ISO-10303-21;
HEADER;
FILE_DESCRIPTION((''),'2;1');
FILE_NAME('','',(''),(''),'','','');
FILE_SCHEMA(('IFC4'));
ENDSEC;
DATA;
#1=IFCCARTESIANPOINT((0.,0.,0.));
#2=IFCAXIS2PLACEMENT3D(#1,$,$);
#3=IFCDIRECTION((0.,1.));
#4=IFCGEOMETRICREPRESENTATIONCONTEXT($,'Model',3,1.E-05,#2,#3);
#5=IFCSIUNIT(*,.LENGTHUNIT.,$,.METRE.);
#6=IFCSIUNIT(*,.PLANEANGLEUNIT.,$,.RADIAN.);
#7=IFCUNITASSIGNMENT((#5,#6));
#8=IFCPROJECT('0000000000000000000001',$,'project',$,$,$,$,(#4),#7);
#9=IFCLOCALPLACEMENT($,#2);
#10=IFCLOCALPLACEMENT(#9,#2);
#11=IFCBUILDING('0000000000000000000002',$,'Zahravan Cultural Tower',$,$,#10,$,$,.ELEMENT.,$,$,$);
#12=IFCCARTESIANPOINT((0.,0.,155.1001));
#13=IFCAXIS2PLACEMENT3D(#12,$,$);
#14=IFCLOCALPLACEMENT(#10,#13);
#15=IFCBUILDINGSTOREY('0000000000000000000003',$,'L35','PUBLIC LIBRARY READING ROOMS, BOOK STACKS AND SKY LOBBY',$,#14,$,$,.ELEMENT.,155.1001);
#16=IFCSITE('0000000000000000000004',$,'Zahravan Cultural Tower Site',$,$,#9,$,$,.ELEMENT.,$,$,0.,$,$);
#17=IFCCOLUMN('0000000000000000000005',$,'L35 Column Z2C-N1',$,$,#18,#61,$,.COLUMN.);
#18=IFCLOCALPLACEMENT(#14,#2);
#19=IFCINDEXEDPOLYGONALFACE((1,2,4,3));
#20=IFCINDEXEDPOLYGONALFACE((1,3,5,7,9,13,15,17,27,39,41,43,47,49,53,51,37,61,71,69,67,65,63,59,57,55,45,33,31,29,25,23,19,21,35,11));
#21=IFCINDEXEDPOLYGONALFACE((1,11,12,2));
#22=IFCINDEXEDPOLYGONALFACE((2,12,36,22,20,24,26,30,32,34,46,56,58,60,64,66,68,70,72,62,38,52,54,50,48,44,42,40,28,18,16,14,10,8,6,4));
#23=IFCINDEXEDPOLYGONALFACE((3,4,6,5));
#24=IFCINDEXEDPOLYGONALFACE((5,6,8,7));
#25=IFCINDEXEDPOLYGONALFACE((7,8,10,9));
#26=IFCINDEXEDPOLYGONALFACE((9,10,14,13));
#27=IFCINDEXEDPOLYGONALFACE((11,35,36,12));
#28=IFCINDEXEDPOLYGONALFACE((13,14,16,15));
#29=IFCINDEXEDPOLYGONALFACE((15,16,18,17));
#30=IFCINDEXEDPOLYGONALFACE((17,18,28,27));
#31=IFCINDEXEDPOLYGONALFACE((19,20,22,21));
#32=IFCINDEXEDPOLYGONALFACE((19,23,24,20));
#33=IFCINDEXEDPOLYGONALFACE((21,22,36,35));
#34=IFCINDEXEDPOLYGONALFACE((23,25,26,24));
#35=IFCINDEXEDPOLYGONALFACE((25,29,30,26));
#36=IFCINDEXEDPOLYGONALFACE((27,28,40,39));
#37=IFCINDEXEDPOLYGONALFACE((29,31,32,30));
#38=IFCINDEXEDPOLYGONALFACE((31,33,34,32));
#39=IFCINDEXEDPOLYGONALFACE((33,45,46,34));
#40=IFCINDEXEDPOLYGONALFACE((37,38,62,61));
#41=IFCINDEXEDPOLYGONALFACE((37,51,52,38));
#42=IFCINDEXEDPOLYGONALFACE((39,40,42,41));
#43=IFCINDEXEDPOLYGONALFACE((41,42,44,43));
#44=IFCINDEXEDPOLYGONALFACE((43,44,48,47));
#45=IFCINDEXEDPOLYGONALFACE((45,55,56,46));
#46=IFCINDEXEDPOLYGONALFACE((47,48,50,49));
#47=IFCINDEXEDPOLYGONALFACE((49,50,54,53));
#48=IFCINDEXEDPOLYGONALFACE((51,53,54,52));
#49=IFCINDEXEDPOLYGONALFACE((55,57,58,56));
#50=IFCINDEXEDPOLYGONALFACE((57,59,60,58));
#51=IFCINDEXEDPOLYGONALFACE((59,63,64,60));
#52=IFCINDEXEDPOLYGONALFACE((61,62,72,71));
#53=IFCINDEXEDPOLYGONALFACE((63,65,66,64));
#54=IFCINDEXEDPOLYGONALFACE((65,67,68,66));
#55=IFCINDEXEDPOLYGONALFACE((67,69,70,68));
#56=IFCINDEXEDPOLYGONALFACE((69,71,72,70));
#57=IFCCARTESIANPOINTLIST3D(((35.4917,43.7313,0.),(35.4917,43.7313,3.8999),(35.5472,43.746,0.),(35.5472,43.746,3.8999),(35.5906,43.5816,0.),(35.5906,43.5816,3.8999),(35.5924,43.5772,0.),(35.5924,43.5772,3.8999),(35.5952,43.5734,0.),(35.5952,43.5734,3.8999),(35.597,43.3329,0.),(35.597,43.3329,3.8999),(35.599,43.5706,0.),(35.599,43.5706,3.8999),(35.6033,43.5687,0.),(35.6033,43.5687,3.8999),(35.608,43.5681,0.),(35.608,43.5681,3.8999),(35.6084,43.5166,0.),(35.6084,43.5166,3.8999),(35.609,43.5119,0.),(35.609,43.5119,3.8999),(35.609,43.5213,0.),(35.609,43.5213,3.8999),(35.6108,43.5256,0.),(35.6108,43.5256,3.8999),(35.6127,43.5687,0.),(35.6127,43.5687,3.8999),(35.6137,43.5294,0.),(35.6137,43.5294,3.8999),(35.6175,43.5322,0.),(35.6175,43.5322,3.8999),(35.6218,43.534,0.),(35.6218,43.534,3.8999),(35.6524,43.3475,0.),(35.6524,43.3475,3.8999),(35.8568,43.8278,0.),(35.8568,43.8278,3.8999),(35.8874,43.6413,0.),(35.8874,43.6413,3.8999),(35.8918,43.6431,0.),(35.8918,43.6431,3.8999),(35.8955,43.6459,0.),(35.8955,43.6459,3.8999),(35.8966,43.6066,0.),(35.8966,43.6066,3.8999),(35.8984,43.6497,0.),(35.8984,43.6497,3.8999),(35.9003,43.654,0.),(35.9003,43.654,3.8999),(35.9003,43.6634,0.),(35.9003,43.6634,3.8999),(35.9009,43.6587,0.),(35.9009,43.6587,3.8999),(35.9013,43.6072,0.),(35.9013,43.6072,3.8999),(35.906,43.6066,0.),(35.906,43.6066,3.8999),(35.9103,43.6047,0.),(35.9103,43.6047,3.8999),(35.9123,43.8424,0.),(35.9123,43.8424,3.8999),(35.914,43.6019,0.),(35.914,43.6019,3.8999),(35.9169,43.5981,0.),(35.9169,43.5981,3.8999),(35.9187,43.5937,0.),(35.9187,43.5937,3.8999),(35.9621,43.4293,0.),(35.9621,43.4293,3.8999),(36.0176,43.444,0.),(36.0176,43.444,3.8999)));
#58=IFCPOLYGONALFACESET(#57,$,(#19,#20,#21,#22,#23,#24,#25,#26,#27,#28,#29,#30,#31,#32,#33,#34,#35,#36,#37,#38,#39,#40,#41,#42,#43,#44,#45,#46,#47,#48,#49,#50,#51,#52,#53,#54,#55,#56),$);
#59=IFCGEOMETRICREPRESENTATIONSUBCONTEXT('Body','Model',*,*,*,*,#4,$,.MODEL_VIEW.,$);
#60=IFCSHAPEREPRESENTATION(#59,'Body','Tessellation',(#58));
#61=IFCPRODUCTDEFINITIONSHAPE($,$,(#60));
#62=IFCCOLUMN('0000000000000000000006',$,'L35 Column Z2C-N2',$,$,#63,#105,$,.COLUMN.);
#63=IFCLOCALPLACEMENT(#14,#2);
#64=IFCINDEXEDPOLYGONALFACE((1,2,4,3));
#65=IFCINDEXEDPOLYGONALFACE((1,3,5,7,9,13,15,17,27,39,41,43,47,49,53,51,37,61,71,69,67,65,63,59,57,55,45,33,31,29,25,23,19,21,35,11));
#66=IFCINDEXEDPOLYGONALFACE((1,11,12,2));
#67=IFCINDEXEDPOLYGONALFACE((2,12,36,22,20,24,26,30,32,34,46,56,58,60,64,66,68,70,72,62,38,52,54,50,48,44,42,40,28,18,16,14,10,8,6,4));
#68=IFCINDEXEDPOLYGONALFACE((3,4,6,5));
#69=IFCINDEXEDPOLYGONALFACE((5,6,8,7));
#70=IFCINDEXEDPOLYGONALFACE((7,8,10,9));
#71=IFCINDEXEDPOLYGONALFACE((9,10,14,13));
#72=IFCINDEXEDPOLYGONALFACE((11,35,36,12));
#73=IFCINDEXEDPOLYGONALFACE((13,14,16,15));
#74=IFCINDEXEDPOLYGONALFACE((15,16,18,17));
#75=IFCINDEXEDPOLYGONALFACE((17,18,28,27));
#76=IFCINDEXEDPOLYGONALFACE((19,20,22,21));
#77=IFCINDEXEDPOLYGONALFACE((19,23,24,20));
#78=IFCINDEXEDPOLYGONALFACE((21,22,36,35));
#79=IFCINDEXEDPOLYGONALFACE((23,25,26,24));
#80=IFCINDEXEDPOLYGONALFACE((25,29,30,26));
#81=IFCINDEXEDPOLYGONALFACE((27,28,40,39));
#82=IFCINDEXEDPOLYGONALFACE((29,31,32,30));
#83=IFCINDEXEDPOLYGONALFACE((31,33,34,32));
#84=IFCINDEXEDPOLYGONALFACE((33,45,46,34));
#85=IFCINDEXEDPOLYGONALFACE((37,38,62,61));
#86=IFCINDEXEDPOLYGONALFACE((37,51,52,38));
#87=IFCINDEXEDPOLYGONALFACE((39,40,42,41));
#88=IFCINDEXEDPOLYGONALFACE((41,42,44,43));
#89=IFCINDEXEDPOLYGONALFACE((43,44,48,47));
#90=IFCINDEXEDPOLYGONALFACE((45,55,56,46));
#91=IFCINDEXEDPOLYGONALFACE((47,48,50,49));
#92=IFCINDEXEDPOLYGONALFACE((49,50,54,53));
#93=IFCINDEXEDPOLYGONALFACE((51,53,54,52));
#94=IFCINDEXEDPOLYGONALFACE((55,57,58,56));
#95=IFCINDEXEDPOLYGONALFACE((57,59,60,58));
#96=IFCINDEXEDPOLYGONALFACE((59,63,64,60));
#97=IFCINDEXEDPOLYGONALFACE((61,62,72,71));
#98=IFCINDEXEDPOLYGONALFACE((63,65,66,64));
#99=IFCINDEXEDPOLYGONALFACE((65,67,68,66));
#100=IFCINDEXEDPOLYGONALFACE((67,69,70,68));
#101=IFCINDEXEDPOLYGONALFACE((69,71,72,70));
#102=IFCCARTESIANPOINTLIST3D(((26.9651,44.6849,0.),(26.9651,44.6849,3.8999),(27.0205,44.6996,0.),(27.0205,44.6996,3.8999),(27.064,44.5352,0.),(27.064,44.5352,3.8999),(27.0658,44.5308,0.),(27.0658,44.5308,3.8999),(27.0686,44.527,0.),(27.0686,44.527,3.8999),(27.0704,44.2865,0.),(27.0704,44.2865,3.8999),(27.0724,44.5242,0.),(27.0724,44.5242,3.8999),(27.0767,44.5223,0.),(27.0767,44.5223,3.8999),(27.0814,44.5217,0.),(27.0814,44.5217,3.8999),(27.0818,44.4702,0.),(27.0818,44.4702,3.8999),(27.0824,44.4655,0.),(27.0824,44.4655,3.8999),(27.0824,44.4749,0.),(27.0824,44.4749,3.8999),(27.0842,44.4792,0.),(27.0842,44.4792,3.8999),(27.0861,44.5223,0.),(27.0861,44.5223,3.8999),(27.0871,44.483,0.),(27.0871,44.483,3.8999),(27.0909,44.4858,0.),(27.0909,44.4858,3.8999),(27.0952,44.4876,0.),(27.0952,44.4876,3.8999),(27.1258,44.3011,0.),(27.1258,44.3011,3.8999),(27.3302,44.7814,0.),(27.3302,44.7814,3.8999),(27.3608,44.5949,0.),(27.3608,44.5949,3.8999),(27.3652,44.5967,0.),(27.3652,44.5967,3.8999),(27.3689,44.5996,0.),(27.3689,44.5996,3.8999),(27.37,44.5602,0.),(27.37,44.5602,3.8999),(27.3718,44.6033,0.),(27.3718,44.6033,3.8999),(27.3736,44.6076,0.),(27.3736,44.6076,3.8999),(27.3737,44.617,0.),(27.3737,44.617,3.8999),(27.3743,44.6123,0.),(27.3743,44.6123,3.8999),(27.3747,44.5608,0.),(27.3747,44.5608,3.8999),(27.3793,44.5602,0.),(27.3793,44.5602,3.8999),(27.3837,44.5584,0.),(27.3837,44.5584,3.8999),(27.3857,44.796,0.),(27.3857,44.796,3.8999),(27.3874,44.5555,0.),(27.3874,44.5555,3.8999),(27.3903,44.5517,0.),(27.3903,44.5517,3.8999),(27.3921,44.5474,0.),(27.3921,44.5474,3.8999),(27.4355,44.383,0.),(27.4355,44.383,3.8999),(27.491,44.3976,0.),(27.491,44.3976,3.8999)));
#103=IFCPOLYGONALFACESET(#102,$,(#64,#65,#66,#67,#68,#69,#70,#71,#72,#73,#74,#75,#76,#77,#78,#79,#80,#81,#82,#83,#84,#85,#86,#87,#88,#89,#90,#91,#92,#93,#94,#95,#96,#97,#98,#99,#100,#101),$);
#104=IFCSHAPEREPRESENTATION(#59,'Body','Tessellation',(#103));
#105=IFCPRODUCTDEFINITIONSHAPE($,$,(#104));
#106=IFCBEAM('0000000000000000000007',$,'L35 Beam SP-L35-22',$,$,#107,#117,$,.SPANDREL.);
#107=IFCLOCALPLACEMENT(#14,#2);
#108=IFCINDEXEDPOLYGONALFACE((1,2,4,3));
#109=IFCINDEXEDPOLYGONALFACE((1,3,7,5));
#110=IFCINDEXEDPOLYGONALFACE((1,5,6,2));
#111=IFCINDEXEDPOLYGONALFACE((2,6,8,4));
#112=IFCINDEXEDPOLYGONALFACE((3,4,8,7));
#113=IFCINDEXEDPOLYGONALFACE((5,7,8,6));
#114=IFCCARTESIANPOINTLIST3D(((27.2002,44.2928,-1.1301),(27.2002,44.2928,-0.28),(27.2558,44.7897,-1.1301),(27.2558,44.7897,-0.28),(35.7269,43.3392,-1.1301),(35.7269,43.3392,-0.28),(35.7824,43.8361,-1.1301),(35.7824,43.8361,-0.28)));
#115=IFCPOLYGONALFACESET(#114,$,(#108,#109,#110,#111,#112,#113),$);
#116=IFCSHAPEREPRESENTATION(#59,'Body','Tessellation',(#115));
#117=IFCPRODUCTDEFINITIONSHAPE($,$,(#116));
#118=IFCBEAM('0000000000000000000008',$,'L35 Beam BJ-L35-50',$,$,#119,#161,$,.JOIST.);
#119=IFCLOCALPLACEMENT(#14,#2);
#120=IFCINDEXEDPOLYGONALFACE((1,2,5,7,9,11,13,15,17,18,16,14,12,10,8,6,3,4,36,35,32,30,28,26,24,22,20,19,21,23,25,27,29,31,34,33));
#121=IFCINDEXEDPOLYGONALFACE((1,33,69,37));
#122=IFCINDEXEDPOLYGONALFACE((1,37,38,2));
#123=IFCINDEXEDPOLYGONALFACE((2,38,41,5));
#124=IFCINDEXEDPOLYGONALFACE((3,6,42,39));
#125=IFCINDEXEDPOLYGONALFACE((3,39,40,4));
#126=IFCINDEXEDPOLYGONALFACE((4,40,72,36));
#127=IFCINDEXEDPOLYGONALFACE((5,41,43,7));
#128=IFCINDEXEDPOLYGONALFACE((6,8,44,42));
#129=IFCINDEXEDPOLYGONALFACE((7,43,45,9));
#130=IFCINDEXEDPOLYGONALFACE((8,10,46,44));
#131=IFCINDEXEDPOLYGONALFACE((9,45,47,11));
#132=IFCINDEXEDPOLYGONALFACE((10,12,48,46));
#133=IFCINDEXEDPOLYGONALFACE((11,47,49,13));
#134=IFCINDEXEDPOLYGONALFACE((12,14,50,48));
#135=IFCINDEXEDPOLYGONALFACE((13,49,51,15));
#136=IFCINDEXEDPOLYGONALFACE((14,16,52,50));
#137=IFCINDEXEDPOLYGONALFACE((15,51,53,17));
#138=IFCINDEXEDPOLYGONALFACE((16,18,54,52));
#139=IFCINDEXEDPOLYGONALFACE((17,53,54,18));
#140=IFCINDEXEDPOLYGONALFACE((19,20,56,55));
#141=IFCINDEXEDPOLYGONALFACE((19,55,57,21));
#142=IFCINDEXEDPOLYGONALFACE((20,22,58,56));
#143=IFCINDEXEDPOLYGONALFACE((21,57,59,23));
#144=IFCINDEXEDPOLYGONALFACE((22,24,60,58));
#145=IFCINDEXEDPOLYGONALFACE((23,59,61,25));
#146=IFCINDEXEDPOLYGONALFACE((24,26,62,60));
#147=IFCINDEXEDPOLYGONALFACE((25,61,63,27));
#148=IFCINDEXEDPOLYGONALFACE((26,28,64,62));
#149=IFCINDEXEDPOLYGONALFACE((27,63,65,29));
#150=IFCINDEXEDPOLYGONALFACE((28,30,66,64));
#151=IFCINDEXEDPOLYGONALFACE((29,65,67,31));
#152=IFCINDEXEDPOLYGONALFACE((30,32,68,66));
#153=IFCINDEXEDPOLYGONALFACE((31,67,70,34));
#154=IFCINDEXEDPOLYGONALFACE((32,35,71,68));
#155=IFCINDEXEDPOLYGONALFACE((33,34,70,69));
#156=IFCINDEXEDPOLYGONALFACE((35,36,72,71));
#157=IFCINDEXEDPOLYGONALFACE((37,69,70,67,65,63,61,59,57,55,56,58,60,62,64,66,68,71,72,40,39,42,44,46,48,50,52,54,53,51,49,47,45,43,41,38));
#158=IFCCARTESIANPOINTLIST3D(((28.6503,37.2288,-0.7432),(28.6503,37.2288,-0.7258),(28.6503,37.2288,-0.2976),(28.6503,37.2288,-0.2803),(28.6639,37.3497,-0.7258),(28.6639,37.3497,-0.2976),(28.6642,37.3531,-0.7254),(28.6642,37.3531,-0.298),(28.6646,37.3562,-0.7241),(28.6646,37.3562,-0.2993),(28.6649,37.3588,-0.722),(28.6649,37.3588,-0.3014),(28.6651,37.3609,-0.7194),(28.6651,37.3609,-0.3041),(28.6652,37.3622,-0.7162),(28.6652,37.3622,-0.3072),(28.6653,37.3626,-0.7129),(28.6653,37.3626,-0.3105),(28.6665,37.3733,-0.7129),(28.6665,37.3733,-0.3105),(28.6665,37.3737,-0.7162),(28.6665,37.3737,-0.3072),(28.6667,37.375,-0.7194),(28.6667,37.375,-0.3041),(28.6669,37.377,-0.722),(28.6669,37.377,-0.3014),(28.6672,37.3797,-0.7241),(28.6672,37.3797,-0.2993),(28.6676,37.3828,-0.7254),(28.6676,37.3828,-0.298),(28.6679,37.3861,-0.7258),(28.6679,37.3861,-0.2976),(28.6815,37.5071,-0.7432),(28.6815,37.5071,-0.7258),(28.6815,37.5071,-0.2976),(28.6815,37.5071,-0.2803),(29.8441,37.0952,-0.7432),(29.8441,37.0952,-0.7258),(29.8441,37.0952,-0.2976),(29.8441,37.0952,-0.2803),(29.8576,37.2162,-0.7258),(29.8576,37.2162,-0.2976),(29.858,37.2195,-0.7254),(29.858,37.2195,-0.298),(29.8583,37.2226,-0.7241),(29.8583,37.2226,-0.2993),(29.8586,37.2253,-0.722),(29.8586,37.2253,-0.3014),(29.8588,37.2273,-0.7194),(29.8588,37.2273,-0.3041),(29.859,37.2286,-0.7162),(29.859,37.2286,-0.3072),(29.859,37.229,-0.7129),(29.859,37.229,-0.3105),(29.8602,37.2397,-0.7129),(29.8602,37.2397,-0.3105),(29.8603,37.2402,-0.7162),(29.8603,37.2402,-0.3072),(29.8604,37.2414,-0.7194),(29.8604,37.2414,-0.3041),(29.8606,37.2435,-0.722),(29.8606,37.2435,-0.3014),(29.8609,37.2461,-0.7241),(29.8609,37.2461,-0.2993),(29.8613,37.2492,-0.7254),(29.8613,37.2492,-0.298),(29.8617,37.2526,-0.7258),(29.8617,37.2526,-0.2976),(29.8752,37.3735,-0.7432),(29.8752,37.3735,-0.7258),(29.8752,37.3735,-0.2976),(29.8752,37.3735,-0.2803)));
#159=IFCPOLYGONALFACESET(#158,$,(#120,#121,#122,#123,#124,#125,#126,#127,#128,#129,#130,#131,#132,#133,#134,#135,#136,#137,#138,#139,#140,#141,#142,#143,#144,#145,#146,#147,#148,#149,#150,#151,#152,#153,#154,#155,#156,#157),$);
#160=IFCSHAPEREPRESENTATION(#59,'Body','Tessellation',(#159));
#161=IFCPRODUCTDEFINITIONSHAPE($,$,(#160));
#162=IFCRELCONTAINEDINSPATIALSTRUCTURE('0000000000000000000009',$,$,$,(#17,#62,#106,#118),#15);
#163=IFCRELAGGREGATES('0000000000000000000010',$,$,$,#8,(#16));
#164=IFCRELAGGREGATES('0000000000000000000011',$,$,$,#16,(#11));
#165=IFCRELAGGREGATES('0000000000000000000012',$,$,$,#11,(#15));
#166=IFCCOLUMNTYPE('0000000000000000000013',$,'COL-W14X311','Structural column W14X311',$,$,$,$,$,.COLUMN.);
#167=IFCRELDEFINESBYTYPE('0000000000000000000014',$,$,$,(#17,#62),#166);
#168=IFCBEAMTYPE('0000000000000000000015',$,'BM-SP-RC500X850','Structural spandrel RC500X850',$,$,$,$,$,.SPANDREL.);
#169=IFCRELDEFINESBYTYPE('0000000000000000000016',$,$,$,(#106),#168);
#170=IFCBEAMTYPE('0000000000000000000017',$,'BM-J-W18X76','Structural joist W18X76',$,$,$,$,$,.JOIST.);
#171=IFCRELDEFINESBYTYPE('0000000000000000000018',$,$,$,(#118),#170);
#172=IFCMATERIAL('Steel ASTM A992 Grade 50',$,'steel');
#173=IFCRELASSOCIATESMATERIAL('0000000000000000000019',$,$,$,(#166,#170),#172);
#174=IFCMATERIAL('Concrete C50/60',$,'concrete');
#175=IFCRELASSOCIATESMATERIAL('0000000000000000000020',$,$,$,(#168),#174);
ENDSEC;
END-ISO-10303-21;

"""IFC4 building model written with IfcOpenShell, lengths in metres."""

from ifc_helpers import new_model, si_unit, direction, frame, origin, origin_2d, place, context, subcontext, project, spatial, rectangle, i_section, extrude, source, transform, mapped, material, material_profile, profile_set, type_object, element, save


model = new_model("IFC4")

# Units and contexts
model_context = context("Model", 3, precision=1e-05, world=origin(), true_north=direction((0.0, 1.0)))
body_context = subcontext(model_context, "Body", "Model", "MODEL_VIEW")
ifc_project = project(units=[si_unit("LENGTHUNIT", "METRE"), si_unit("PLANEANGLEUNIT", "RADIAN")], contexts=[model_context])

# Site, building, storey
site_placement = place(None, origin())
site = spatial("IfcSite", under=ifc_project, at=site_placement, Name="Zahravan Cultural Tower Site", CompositionType="ELEMENT", RefElevation=0.0)
building_placement = place(site_placement, origin())
building = spatial("IfcBuilding", under=site, at=building_placement, Name="Zahravan Cultural Tower", CompositionType="ELEMENT")
storey_placement = place(building_placement, frame((0.0, 0.0, 155.1001)))
storey = spatial("IfcBuildingStorey", under=building, at=storey_placement, Name="L35", Description="PUBLIC LIBRARY READING ROOMS, BOOK STACKS AND SKY LOBBY", CompositionType="ELEMENT", Elevation=155.1001)

# Columns
ifc_material_1 = material(Name="Steel ASTM A992 Grade 50", Category="steel")
ifc_material_profile_1 = material_profile(ifc_material_1, i_section(OverallWidth=0.4121, OverallDepth=0.4351, WebThickness=0.0359, FlangeThickness=0.0574, FilletRadius=0.0181, at=origin_2d()), Name="W14X311")
ifc_profile_set_1 = profile_set([ifc_material_profile_1], Name="Steel ASTM A992 Grade 50")
column_type = type_object("IfcColumnType", Name="COL-W14X311", Description="Structural column W14X311", PredefinedType="COLUMN", material=ifc_profile_set_1)
shared_shape_1 = source(origin(), body_context, "Body", "SweptSolid", [
    extrude(i_section(OverallWidth=0.4121, OverallDepth=0.4351, WebThickness=0.0359, FlangeThickness=0.0574, FilletRadius=0.0181, at=origin_2d()), origin(), (0.0, 0.0, 1.0), 3.8999),
])
for number, where, z_axis, x_axis, name in (
    (1, (35.7546, 43.5876, 0.0), (0.0, 0.0, 1.0), (-0.255446, 0.966823, 0.0), "L35 Column Z2C-N1"),
    (2, (27.228, 44.5413, 0.0), (0.0, 0.0, 1.0), (-0.255446, 0.966823, 0.0), "L35 Column Z2C-N2"),
):
    element("IfcColumn", number, at=place(storey_placement, frame(where, z_axis=z_axis, x_axis=x_axis)), inside=storey, type_object=column_type, Name=name, PredefinedType="COLUMN", context=body_context, shape_type="MappedRepresentation", body=[
        mapped(shared_shape_1, transform((0.0, 0.0, 0.0), x_axis=(1.0, 0.0, 0.0), y_axis=(0.0, 1.0, 0.0), z_axis=(0.0, 0.0, 1.0), scale=1.0)),
    ])

# Beams
ifc_material_2 = material(Name="Concrete C50/60", Category="concrete")
ifc_material_profile_2 = material_profile(ifc_material_2, rectangle(XDim=0.5, YDim=0.8501, at=origin_2d()), Name="RC500X850")
ifc_profile_set_2 = profile_set([ifc_material_profile_2], Name="Concrete C50/60")
beam_type_1 = type_object("IfcBeamType", Name="BM-SP-RC500X850", Description="Structural spandrel RC500X850", PredefinedType="SPANDREL", material=ifc_profile_set_2)
shared_shape_2 = source(origin(), body_context, "Body", "SweptSolid", [
    extrude(rectangle(XDim=0.5, YDim=0.8501, at=origin_2d()), origin(), (0.0, 0.0, 1.0), 8.5798),
])
beam_1_placement = place(storey_placement, frame((35.7546, 43.5876, -0.7051), z_axis=(-0.993804, 0.111147, 0.0), x_axis=(-0.111147, -0.993804, 0.0)))
element("IfcBeam", 3, at=beam_1_placement, inside=storey, type_object=beam_type_1, Name="L35 Beam SP-L35-22", PredefinedType="SPANDREL", context=body_context, shape_type="MappedRepresentation", body=[
    mapped(shared_shape_2, transform((0.0, 0.0, 0.0), x_axis=(1.0, 0.0, 0.0), y_axis=(0.0, 1.0, 0.0), z_axis=(0.0, 0.0, 1.0), scale=1.0)),
])
ifc_material_profile_3 = material_profile(ifc_material_1, i_section(OverallWidth=0.28, OverallDepth=0.4629, WebThickness=0.0107, FlangeThickness=0.0173, FilletRadius=0.0129, at=origin_2d()), Name="W18X76")
ifc_profile_set_3 = profile_set([ifc_material_profile_3], Name="Steel ASTM A992 Grade 50")
beam_type_2 = type_object("IfcBeamType", Name="BM-J-W18X76", Description="Structural joist W18X76", PredefinedType="JOIST", material=ifc_profile_set_3)
shared_shape_3 = source(origin(), body_context, "Body", "SweptSolid", [
    extrude(i_section(OverallWidth=0.28, OverallDepth=0.4629, WebThickness=0.0107, FlangeThickness=0.0173, FilletRadius=0.0129, at=origin_2d()), origin(), (0.0, 0.0, 1.0), 1.2012),
])
beam_2_placement = place(storey_placement, frame((29.8596, 37.2344, -0.5117), z_axis=(-0.993799, 0.11119, 0.0), x_axis=(-0.11119, -0.993799, 0.0)))
element("IfcBeam", 4, at=beam_2_placement, inside=storey, type_object=beam_type_2, Name="L35 Beam BJ-L35-50", PredefinedType="JOIST", context=body_context, shape_type="MappedRepresentation", body=[
    mapped(shared_shape_3, transform((0.0, 0.0, 0.0), x_axis=(1.0, 0.0, 0.0), y_axis=(0.0, 1.0, 0.0), z_axis=(0.0, 0.0, 1.0), scale=1.0)),
])

save(model, "model.ifc")
